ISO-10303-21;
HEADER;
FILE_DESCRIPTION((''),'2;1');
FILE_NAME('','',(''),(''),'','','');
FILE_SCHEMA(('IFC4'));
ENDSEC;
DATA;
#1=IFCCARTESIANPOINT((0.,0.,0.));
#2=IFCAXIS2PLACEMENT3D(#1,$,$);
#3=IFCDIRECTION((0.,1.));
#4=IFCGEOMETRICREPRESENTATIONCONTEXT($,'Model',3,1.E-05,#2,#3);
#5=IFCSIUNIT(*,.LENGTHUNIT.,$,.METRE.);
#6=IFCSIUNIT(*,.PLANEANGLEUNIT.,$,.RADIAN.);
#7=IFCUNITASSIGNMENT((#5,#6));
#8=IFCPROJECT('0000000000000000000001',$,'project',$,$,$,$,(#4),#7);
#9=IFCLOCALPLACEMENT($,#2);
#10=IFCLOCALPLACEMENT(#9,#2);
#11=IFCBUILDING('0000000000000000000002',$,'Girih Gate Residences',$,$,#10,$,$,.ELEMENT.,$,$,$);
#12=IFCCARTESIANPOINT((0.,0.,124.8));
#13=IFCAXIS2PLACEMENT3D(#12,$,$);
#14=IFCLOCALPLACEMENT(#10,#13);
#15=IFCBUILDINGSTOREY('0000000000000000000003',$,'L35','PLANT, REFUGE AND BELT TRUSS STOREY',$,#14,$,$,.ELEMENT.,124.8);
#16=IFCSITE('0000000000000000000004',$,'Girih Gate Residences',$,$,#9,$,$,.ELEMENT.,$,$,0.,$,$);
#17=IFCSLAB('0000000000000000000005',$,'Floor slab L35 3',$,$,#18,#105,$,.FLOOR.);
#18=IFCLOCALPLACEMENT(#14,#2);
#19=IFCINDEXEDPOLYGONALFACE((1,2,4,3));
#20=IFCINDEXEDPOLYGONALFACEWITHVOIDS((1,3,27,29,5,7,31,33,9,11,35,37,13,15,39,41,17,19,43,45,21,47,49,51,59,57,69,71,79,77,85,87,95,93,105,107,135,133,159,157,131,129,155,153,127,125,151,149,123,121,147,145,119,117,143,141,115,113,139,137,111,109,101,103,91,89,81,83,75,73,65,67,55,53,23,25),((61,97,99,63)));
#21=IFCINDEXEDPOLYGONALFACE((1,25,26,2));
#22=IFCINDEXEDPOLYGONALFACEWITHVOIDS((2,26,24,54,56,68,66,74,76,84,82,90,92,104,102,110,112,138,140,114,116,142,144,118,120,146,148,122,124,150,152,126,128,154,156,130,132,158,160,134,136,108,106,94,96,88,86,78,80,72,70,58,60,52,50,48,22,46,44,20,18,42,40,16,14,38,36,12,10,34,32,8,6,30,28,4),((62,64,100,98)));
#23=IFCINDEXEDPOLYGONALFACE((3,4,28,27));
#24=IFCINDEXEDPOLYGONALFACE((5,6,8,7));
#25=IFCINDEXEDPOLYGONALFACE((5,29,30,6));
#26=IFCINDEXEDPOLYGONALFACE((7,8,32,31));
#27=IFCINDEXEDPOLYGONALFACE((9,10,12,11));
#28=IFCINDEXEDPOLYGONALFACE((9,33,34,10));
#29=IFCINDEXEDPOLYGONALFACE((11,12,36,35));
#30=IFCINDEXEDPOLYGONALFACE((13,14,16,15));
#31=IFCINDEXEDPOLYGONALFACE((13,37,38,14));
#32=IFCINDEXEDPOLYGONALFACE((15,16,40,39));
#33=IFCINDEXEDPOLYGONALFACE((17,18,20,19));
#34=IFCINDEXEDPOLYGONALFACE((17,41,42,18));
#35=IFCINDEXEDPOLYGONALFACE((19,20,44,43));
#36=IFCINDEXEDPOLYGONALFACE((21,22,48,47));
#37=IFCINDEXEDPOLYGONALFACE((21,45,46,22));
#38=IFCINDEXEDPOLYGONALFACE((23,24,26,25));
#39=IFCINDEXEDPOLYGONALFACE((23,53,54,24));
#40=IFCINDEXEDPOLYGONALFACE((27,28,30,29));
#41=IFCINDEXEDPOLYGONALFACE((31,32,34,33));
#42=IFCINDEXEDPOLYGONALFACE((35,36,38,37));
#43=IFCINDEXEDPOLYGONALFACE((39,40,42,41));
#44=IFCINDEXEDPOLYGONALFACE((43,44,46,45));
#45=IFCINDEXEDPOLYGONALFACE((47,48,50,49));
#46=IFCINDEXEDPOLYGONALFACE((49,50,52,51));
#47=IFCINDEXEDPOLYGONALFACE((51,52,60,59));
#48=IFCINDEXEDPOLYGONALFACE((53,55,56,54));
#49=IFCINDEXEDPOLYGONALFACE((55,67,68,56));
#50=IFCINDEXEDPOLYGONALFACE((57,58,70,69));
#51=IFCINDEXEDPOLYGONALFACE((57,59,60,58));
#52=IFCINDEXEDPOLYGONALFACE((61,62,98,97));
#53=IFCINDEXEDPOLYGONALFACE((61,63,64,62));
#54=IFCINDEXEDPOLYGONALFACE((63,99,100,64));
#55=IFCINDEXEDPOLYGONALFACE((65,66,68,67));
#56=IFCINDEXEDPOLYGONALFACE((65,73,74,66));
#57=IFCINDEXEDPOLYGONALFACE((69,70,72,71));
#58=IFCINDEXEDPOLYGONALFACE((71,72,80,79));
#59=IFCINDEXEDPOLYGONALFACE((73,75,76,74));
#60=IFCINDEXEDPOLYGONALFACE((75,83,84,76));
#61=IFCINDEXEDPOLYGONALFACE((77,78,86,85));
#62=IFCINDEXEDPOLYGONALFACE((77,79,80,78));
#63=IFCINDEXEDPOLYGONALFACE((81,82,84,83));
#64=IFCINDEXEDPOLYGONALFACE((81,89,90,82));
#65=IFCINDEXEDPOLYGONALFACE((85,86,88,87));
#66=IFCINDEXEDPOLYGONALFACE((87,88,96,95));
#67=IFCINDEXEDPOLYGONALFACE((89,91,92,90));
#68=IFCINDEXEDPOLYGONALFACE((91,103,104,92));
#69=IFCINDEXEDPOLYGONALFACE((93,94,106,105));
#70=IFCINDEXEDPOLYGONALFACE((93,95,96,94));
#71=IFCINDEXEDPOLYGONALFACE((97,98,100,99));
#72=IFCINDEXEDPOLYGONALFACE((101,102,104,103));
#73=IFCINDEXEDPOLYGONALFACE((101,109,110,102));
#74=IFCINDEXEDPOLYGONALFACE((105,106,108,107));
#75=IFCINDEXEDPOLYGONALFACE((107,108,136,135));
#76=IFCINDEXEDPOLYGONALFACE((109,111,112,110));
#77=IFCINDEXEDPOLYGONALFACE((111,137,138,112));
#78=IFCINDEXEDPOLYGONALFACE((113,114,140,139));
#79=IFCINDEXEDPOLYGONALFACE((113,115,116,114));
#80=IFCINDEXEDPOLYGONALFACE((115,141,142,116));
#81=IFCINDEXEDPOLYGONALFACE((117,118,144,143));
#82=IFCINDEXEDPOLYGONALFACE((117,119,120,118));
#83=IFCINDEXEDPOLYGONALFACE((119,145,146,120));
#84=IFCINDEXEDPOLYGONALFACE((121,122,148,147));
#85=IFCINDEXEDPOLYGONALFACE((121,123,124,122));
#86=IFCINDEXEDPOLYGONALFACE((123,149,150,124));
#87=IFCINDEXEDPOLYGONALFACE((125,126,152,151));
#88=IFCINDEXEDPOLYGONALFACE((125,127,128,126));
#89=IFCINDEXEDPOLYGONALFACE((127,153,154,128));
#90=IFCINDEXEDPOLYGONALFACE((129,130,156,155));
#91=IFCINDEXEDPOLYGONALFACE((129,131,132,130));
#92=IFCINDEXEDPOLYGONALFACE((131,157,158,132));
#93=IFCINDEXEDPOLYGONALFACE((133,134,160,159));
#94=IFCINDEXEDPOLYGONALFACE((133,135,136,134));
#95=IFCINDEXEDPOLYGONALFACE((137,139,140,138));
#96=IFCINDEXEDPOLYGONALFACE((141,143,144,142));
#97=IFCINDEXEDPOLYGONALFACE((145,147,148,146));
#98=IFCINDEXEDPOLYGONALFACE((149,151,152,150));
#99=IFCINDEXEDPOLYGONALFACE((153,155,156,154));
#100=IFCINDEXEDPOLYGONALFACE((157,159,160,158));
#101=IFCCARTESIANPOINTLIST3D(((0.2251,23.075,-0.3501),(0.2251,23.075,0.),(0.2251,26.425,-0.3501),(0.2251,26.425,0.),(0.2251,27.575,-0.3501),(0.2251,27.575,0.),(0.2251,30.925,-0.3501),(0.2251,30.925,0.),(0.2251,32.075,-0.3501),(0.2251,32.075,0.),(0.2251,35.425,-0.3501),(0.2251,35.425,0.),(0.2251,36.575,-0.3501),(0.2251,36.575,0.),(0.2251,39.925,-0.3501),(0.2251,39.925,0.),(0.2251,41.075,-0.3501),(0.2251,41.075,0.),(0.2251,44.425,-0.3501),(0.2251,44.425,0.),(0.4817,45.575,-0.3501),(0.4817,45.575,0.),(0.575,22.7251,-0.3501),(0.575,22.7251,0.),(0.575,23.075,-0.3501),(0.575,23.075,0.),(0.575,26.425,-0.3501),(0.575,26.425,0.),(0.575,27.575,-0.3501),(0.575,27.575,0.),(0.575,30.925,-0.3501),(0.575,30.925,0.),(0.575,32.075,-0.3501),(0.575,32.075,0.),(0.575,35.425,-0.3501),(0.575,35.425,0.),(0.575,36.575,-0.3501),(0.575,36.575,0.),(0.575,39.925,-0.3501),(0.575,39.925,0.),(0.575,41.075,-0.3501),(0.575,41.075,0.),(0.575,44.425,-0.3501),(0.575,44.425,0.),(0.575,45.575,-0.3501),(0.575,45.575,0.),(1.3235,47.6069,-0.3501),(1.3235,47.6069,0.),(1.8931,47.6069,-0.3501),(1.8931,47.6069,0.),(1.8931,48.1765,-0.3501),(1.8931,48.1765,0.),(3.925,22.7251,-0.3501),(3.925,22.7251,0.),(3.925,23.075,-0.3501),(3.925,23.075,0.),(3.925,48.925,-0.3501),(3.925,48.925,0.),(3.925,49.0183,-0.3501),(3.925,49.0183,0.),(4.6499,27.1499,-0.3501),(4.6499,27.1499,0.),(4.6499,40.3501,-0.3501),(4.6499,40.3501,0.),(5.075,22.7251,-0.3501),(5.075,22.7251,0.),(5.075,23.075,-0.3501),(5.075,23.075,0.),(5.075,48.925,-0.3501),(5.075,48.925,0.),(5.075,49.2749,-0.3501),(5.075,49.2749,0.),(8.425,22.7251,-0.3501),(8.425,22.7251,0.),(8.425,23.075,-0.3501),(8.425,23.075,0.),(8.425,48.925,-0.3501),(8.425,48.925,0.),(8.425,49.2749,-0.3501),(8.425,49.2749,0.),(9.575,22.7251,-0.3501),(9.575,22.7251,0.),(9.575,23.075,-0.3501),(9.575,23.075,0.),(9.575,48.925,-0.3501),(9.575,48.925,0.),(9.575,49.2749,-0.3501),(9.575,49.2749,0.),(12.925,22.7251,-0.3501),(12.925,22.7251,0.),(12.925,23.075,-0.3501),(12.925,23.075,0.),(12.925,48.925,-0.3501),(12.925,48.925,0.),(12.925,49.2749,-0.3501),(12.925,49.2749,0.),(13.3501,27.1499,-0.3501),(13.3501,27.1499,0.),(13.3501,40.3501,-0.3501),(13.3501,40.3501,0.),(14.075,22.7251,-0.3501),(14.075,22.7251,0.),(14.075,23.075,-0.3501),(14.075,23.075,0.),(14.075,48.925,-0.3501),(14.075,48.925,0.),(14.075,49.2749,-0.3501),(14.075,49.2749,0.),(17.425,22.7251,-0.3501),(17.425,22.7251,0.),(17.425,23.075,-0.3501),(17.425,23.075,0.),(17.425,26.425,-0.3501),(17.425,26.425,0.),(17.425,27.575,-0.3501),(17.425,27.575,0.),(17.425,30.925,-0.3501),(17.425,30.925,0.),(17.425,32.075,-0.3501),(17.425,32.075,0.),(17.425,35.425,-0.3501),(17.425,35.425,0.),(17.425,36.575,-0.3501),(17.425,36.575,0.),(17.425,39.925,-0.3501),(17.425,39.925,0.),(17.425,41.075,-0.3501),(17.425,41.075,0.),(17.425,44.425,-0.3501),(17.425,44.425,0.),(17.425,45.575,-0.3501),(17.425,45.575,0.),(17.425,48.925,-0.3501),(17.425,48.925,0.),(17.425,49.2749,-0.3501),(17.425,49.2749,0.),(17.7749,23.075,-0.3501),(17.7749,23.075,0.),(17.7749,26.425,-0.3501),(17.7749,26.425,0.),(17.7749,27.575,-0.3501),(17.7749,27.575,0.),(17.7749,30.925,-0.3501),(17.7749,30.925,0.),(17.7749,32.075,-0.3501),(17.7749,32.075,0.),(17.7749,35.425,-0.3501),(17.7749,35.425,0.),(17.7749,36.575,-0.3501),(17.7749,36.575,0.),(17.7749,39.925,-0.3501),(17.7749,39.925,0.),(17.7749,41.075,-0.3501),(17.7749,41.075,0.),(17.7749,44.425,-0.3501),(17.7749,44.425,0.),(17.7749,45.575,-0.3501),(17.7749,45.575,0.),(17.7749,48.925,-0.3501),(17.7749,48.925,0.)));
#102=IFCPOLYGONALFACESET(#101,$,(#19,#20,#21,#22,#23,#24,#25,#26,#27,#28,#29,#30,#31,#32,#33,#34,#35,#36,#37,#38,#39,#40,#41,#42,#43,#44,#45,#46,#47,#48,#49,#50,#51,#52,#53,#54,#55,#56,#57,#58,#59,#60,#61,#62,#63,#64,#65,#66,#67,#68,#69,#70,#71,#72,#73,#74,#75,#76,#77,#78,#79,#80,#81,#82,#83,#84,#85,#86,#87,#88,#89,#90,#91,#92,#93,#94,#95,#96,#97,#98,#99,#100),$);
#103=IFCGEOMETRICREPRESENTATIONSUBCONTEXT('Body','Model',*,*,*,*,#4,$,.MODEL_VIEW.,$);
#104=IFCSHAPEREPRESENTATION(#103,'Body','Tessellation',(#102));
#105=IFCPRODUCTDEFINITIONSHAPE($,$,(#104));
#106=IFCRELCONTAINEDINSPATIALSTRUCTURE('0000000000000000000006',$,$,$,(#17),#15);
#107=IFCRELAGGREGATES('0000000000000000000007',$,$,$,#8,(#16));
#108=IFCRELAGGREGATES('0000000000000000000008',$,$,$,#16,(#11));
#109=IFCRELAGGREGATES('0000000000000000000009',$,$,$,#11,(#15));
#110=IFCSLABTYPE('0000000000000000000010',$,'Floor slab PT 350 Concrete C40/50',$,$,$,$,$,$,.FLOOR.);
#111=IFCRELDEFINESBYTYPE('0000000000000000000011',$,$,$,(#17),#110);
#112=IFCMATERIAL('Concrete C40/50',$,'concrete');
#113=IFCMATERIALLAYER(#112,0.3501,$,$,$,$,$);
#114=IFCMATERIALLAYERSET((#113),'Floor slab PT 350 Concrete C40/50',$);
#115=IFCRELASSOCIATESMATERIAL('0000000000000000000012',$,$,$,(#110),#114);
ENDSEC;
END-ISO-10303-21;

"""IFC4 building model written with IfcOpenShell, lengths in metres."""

from ifc_helpers import new_model, si_unit, direction, frame, origin, place, context, subcontext, project, spatial, polyline, outline, extrude, material, layer, layer_set, type_object, element, save


model = new_model("IFC4")

# Units and contexts
model_context = context("Model", 3, precision=1e-05, world=origin(), true_north=direction((0.0, 1.0)))
body_context = subcontext(model_context, "Body", "Model", "MODEL_VIEW")
ifc_project = project(units=[si_unit("LENGTHUNIT", "METRE"), si_unit("PLANEANGLEUNIT", "RADIAN")], contexts=[model_context])

# Site, building, storey
site_placement = place(None, origin())
site = spatial("IfcSite", under=ifc_project, at=site_placement, Name="Girih Gate Residences", CompositionType="ELEMENT", RefElevation=0.0)
building_placement = place(site_placement, origin())
building = spatial("IfcBuilding", under=site, at=building_placement, Name="Girih Gate Residences", CompositionType="ELEMENT")
storey_placement = place(building_placement, frame((0.0, 0.0, 124.8)))
storey = spatial("IfcBuildingStorey", under=building, at=storey_placement, Name="L35", Description="PLANT, REFUGE AND BELT TRUSS STOREY", CompositionType="ELEMENT", Elevation=124.8)

# Slab
ifc_material_1 = material(Name="Concrete C40/50", Category="concrete")
ifc_layer_1 = layer(ifc_material_1, 0.3501)
ifc_layer_set_1 = layer_set([ifc_layer_1], Name="Floor slab PT 350 Concrete C40/50")
slab_type_1 = type_object("IfcSlabType", Name="Floor slab PT 350 Concrete C40/50", PredefinedType="FLOOR", material=ifc_layer_set_1)
slab_1_placement = place(storey_placement, frame((0.0, 0.0, -0.3501)))
element("IfcSlab", 1, at=slab_1_placement, inside=storey, type_object=slab_type_1, Name="Floor slab L35 3", PredefinedType="FLOOR", context=body_context, shape_type="SweptSolid", body=[
    extrude(outline(polyline([(0.2251, 26.425), (0.2251, 23.075), (0.575, 23.075), (0.575, 22.7251), (3.925, 22.7251), (3.925, 23.075), (5.075, 23.075), (5.075, 22.7251), (8.425, 22.7251), (8.425, 23.075), (9.575, 23.075), (9.575, 22.7251), (12.925, 22.7251), (12.925, 23.075), (14.075, 23.075), (14.075, 22.7251), (17.425, 22.7251), (17.425, 23.075), (17.7749, 23.075), (17.7749, 26.425), (17.425, 26.425), (17.425, 27.575), (17.7749, 27.575), (17.7749, 30.925), (17.425, 30.925), (17.425, 32.075), (17.7749, 32.075), (17.7749, 35.425), (17.425, 35.425), (17.425, 36.575), (17.7749, 36.575), (17.7749, 39.925), (17.425, 39.925), (17.425, 41.075), (17.7749, 41.075), (17.7749, 44.425), (17.425, 44.425), (17.425, 45.575), (17.7749, 45.575), (17.7749, 48.925), (17.425, 48.925), (17.425, 49.2749), (14.075, 49.2749), (14.075, 48.925), (12.925, 48.925), (12.925, 49.2749), (9.575, 49.2749), (9.575, 48.925), (8.425, 48.925), (8.425, 49.2749), (5.075, 49.2749), (5.075, 48.925), (3.925, 48.925), (3.925, 49.0183), (1.8931, 48.1765), (1.8931, 47.6069), (1.3235, 47.6069), (0.4817, 45.575), (0.575, 45.575), (0.575, 44.425), (0.2251, 44.425), (0.2251, 41.075), (0.575, 41.075), (0.575, 39.925), (0.2251, 39.925), (0.2251, 36.575), (0.575, 36.575), (0.575, 35.425), (0.2251, 35.425), (0.2251, 32.075), (0.575, 32.075), (0.575, 30.925), (0.2251, 30.925), (0.2251, 27.575), (0.575, 27.575), (0.575, 26.425), (0.2251, 26.425)]), holes=[polyline([(13.3501, 40.3501), (13.3501, 27.1499), (4.6499, 27.1499), (4.6499, 40.3501), (13.3501, 40.3501)])]), origin(), (0.0, 0.0, 1.0), 0.3501),
])

save(model, "model.ifc")
